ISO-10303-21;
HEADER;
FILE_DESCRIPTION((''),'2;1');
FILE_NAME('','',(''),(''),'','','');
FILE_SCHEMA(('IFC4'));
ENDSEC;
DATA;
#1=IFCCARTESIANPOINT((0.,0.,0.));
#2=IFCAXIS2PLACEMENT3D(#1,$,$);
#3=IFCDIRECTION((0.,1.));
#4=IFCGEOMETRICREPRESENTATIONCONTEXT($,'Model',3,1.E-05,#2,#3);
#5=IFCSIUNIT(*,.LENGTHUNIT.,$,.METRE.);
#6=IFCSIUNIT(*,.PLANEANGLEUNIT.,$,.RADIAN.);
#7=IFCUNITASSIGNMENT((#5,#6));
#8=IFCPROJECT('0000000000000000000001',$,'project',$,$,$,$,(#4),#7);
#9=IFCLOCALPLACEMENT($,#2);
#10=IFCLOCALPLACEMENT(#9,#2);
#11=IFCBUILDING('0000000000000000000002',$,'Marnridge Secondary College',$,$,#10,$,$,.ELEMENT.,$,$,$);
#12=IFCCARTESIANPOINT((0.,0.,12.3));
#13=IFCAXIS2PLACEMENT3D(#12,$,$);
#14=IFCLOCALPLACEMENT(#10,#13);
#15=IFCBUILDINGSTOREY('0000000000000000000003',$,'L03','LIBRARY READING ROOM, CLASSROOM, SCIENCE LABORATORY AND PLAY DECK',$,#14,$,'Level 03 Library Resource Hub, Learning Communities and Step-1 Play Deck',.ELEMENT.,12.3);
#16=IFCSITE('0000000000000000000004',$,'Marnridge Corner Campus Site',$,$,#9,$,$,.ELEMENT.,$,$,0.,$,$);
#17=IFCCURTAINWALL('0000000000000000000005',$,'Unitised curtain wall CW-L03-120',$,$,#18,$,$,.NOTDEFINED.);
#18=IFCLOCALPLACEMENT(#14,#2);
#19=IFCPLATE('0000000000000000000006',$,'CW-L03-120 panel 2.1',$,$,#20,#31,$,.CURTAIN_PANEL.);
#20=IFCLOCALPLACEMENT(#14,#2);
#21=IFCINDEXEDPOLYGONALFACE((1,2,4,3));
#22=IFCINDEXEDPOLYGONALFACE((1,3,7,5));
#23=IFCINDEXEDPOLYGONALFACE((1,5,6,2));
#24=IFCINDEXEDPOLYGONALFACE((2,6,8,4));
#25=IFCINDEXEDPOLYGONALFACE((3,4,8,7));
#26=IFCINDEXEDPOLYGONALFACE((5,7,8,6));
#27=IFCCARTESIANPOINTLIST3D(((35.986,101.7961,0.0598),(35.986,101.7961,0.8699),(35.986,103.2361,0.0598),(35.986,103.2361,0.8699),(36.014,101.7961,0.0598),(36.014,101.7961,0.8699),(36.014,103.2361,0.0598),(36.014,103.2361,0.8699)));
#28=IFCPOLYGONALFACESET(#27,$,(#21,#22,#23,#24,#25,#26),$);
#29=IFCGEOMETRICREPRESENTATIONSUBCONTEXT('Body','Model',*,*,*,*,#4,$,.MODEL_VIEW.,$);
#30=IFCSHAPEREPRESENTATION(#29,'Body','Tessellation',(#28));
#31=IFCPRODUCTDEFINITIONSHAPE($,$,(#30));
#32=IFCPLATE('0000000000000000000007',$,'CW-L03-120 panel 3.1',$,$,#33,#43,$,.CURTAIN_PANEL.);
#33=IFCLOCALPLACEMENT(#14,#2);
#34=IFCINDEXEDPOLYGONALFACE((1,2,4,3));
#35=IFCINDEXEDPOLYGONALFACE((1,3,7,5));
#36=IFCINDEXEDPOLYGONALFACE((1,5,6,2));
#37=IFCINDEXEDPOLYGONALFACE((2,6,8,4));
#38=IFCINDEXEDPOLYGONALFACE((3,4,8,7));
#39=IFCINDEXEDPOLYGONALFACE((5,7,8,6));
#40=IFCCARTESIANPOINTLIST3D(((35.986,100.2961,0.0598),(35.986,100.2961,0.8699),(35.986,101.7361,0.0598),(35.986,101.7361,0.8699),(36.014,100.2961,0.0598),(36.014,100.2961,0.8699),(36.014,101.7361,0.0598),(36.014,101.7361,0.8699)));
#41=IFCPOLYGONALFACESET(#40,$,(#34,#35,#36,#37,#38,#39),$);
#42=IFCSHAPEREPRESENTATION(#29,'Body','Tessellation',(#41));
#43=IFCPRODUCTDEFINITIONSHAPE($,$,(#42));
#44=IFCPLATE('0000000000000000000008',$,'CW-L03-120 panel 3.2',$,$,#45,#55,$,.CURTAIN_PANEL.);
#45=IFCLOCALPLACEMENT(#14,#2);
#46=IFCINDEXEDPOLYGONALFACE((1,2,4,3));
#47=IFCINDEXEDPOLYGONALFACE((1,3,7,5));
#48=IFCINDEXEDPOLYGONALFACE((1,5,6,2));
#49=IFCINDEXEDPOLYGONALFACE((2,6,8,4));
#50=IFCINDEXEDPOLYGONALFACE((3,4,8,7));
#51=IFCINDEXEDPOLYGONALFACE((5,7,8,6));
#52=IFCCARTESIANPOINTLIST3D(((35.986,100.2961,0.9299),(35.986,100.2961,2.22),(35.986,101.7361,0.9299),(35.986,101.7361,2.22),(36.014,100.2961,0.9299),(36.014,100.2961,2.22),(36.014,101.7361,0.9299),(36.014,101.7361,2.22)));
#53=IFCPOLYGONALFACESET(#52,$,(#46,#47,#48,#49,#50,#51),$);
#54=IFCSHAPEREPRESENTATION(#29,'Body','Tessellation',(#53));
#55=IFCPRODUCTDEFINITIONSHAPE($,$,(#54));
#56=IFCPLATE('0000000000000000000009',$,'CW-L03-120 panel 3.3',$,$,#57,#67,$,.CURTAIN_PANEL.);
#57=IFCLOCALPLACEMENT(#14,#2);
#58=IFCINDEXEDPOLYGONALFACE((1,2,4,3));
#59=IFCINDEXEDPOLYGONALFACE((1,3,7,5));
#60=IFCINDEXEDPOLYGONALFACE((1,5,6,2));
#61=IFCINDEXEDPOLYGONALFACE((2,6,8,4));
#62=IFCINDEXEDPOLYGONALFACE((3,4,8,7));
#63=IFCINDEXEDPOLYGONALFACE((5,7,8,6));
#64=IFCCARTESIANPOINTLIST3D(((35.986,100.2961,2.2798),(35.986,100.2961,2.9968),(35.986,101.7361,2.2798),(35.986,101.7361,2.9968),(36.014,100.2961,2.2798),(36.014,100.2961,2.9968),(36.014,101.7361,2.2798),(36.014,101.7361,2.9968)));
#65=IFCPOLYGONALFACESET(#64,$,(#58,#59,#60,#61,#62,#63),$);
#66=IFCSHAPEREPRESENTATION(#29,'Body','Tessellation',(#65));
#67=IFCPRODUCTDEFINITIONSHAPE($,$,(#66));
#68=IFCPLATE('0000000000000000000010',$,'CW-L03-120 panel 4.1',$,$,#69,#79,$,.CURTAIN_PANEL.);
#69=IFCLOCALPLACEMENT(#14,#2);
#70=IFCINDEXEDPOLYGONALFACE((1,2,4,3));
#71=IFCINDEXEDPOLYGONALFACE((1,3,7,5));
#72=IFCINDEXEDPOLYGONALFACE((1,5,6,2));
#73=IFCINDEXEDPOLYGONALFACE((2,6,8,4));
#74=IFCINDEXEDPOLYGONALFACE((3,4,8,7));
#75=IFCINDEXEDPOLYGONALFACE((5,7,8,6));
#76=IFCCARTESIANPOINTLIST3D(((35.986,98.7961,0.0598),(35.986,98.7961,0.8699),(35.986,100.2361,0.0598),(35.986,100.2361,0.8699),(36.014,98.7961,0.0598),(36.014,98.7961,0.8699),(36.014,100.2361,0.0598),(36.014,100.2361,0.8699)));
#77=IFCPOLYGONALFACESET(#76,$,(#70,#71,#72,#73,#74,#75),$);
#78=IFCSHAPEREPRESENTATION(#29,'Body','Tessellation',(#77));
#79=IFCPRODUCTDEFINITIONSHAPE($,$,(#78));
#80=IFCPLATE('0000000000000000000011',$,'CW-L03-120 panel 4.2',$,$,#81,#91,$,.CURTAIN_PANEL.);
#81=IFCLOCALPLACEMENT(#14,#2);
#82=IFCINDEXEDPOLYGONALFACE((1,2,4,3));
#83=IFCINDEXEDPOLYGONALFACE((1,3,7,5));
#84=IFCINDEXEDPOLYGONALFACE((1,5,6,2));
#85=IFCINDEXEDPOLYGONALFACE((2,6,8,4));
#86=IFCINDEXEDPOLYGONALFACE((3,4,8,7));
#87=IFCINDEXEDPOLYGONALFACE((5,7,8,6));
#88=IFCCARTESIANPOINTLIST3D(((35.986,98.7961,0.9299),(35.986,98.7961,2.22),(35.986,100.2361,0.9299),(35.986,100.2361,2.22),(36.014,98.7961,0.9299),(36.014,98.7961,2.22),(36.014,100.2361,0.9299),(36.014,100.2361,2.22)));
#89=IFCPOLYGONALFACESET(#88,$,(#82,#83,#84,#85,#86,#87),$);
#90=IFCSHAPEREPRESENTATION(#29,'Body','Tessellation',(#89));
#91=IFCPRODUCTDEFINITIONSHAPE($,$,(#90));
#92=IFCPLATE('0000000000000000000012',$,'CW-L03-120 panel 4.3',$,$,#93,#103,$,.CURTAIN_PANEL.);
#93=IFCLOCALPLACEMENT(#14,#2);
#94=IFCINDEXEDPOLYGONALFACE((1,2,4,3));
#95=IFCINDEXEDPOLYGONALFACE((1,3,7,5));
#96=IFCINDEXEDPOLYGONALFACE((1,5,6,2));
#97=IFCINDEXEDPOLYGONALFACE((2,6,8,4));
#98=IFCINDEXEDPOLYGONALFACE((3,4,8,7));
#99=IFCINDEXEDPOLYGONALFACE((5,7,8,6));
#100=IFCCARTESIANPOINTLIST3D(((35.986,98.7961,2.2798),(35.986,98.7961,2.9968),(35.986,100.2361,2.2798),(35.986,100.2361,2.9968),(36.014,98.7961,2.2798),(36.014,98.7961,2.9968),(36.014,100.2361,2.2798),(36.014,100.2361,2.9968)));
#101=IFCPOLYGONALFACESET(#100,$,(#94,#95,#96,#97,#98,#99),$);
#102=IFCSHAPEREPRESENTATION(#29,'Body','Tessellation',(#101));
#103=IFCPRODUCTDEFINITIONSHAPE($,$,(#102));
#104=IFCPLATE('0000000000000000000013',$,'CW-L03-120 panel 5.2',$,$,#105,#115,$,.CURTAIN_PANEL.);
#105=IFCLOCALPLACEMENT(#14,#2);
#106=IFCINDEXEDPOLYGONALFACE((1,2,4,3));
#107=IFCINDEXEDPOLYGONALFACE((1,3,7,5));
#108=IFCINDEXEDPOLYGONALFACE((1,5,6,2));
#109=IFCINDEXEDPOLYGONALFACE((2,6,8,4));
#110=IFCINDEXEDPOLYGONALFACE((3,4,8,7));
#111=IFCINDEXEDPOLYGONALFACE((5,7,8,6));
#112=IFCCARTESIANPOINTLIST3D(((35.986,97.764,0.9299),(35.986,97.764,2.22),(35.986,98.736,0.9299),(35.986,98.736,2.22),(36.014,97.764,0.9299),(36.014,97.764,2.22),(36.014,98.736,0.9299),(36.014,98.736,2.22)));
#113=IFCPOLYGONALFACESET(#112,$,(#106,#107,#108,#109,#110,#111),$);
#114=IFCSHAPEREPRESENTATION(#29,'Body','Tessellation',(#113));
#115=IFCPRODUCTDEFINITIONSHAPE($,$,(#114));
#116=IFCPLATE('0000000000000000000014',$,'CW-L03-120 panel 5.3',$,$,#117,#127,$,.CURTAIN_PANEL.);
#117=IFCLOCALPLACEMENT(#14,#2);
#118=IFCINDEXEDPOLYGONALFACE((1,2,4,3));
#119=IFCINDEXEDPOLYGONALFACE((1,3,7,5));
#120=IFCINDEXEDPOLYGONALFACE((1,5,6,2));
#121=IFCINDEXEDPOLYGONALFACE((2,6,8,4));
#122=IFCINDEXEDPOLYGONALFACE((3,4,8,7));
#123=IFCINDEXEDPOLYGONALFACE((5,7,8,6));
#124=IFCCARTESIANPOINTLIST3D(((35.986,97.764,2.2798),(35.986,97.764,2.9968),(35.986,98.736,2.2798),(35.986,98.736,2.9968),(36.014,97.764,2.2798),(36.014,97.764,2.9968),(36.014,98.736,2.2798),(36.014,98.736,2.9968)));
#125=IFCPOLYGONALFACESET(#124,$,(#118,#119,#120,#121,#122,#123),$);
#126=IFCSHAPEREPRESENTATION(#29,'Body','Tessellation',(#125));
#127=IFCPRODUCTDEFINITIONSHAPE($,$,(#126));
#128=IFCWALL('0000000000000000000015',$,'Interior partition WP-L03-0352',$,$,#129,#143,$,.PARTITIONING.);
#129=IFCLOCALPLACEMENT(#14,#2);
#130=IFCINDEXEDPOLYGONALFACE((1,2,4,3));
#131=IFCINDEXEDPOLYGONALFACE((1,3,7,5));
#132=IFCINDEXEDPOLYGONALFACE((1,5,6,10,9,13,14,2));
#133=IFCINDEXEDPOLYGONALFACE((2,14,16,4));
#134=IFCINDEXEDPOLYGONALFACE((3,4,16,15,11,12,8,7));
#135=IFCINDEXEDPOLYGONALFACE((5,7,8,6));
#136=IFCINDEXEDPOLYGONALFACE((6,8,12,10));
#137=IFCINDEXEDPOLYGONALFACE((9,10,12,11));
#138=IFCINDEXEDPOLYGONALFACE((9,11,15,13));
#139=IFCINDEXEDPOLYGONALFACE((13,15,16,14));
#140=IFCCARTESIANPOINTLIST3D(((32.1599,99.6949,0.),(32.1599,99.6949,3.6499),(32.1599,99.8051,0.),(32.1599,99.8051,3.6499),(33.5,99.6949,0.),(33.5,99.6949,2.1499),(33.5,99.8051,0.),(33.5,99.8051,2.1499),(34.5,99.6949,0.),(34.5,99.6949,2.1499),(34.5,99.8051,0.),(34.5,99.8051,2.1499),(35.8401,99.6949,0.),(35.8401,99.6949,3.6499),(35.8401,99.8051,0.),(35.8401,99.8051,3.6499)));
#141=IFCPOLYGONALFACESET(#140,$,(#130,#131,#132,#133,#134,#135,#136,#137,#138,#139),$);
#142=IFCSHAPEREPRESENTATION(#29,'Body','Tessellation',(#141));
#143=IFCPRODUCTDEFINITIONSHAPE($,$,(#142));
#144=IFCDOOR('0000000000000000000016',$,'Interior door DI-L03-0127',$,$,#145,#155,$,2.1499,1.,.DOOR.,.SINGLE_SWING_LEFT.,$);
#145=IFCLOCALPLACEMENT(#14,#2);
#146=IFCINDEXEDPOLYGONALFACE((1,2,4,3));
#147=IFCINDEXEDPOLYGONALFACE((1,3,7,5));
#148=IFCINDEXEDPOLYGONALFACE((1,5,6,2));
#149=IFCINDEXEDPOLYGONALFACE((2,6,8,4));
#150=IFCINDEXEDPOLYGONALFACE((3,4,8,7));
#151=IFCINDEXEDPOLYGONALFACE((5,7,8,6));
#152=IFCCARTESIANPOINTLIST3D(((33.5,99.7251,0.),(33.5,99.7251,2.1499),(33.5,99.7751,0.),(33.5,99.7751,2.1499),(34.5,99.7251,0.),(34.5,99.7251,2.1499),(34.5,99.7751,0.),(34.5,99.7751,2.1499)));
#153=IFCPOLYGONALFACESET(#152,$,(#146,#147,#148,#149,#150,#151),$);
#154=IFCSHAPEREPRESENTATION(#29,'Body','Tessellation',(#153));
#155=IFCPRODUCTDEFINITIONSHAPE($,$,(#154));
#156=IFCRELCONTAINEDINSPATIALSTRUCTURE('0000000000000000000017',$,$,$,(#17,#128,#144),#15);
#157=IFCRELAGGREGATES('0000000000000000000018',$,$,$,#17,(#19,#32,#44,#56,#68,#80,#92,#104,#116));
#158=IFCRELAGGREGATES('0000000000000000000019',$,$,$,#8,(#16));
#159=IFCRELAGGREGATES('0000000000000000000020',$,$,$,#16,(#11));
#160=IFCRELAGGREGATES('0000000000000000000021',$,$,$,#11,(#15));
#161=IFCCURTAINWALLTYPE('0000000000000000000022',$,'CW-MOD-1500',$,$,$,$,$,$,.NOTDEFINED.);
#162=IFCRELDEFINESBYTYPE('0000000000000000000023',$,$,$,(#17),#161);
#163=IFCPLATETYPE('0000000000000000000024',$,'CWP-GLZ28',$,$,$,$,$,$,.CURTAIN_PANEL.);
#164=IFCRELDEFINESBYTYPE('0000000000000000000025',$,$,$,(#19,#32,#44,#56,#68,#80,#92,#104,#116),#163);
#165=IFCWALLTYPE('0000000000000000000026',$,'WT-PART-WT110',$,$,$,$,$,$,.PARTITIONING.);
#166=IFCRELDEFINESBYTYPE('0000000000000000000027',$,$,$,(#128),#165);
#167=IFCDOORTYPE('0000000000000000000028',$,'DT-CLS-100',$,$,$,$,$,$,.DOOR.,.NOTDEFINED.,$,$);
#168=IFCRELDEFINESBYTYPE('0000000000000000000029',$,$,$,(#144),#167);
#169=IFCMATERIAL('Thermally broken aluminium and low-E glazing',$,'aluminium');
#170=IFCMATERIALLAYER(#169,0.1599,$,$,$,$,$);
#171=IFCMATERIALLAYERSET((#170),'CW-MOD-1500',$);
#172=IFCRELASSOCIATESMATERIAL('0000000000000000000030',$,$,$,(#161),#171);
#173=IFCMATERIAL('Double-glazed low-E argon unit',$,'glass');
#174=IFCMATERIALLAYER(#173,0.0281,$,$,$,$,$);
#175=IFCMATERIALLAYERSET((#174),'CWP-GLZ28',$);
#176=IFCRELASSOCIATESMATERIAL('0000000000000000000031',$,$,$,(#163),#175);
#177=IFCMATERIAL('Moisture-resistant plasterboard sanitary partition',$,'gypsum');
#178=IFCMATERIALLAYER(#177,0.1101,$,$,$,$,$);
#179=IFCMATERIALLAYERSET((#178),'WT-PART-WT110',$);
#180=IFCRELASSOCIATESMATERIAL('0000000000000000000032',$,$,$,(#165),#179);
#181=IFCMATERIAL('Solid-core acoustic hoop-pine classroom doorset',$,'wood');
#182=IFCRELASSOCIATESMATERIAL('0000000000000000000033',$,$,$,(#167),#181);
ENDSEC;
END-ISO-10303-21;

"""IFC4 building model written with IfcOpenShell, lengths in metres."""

from ifc_helpers import new_model, si_unit, direction, frame, frame_2d, origin, origin_2d, place, context, subcontext, project, spatial, rectangle, extrude, material, layer, layer_set, type_object, element, fill, aggregate, save


model = new_model("IFC4")

# Units and contexts
model_context = context("Model", 3, precision=1e-05, world=origin(), true_north=direction((0.0, 1.0)))
body_context = subcontext(model_context, "Body", "Model", "MODEL_VIEW")
ifc_project = project(units=[si_unit("LENGTHUNIT", "METRE"), si_unit("PLANEANGLEUNIT", "RADIAN")], contexts=[model_context])

# Site, building, storey
site_placement = place(None, origin())
site = spatial("IfcSite", under=ifc_project, at=site_placement, Name="Marnridge Corner Campus Site", CompositionType="ELEMENT", RefElevation=0.0)
building_placement = place(site_placement, origin())
building = spatial("IfcBuilding", under=site, at=building_placement, Name="Marnridge Secondary College", CompositionType="ELEMENT")
storey_placement = place(building_placement, frame((0.0, 0.0, 12.3)))
storey = spatial("IfcBuildingStorey", under=building, at=storey_placement, Name="L03", Description="LIBRARY READING ROOM, CLASSROOM, SCIENCE LABORATORY AND PLAY DECK", LongName="Level 03 Library Resource Hub, Learning Communities and Step-1 Play Deck", CompositionType="ELEMENT", Elevation=12.3)

# Curtain wall, plates
ifc_material_1 = material(Name="Thermally broken aluminium and low-E glazing", Category="aluminium")
ifc_layer_1 = layer(ifc_material_1, 0.1599)
ifc_layer_set_1 = layer_set([ifc_layer_1], Name="CW-MOD-1500")
curtain_wall_type = type_object("IfcCurtainWallType", Name="CW-MOD-1500", PredefinedType="NOTDEFINED", material=ifc_layer_set_1)
curtain_wall_placement = place(storey_placement, origin())
curtain_wall = element("IfcCurtainWall", 1, at=curtain_wall_placement, inside=storey, type_object=curtain_wall_type, Name="Unitised curtain wall CW-L03-120", PredefinedType="NOTDEFINED")
ifc_material_2 = material(Name="Double-glazed low-E argon unit", Category="glass")
ifc_layer_2 = layer(ifc_material_2, 0.0281)
ifc_layer_set_2 = layer_set([ifc_layer_2], Name="CWP-GLZ28")
plate_type = type_object("IfcPlateType", Name="CWP-GLZ28", PredefinedType="CURTAIN_PANEL", material=ifc_layer_set_2)
plate_1_placement = place(storey_placement, frame((36.0, 102.5161, 0.0598), z_axis=(0.0, 0.0, 1.0), x_axis=(0.0, -1.0, 0.0)))
plate_1 = element("IfcPlate", 2, at=plate_1_placement, type_object=plate_type, Name="CW-L03-120 panel 2.1", PredefinedType="CURTAIN_PANEL", context=body_context, shape_type="SweptSolid", body=[
    extrude(rectangle(XDim=1.4399, YDim=0.0281, at=origin_2d()), origin(), (0.0, 0.0, 1.0), 0.8101),
])
plate_2_placement = place(storey_placement, frame((36.0, 101.0161, 0.0598), z_axis=(0.0, 0.0, 1.0), x_axis=(0.0, -1.0, 0.0)))
plate_2 = element("IfcPlate", 3, at=plate_2_placement, type_object=plate_type, Name="CW-L03-120 panel 3.1", PredefinedType="CURTAIN_PANEL", context=body_context, shape_type="SweptSolid", body=[
    extrude(rectangle(XDim=1.4399, YDim=0.0281, at=origin_2d()), origin(), (0.0, 0.0, 1.0), 0.8101),
])
plate_3_placement = place(storey_placement, frame((36.0, 101.0161, 0.9299), z_axis=(0.0, 0.0, 1.0), x_axis=(0.0, -1.0, 0.0)))
plate_3 = element("IfcPlate", 4, at=plate_3_placement, type_object=plate_type, Name="CW-L03-120 panel 3.2", PredefinedType="CURTAIN_PANEL", context=body_context, shape_type="SweptSolid", body=[
    extrude(rectangle(XDim=1.4399, YDim=0.0281, at=origin_2d()), origin(), (0.0, 0.0, 1.0), 1.29),
])
plate_4_placement = place(storey_placement, frame((36.0, 101.0161, 2.2798), z_axis=(0.0, 0.0, 1.0), x_axis=(0.0, -1.0, 0.0)))
plate_4 = element("IfcPlate", 5, at=plate_4_placement, type_object=plate_type, Name="CW-L03-120 panel 3.3", PredefinedType="CURTAIN_PANEL", context=body_context, shape_type="SweptSolid", body=[
    extrude(rectangle(XDim=1.4399, YDim=0.0281, at=origin_2d()), origin(), (0.0, 0.0, 1.0), 0.717),
])
plate_5_placement = place(storey_placement, frame((36.0, 99.5161, 0.0598), z_axis=(0.0, 0.0, 1.0), x_axis=(0.0, -1.0, 0.0)))
plate_5 = element("IfcPlate", 6, at=plate_5_placement, type_object=plate_type, Name="CW-L03-120 panel 4.1", PredefinedType="CURTAIN_PANEL", context=body_context, shape_type="SweptSolid", body=[
    extrude(rectangle(XDim=1.4399, YDim=0.0281, at=origin_2d()), origin(), (0.0, 0.0, 1.0), 0.8101),
])
plate_6_placement = place(storey_placement, frame((36.0, 99.5161, 0.9299), z_axis=(0.0, 0.0, 1.0), x_axis=(0.0, -1.0, 0.0)))
plate_6 = element("IfcPlate", 7, at=plate_6_placement, type_object=plate_type, Name="CW-L03-120 panel 4.2", PredefinedType="CURTAIN_PANEL", context=body_context, shape_type="SweptSolid", body=[
    extrude(rectangle(XDim=1.4399, YDim=0.0281, at=origin_2d()), origin(), (0.0, 0.0, 1.0), 1.29),
])
plate_7_placement = place(storey_placement, frame((36.0, 99.5161, 2.2798), z_axis=(0.0, 0.0, 1.0), x_axis=(0.0, -1.0, 0.0)))
plate_7 = element("IfcPlate", 8, at=plate_7_placement, type_object=plate_type, Name="CW-L03-120 panel 4.3", PredefinedType="CURTAIN_PANEL", context=body_context, shape_type="SweptSolid", body=[
    extrude(rectangle(XDim=1.4399, YDim=0.0281, at=origin_2d()), origin(), (0.0, 0.0, 1.0), 0.717),
])
plate_8_placement = place(storey_placement, frame((36.0, 98.25, 0.9299), z_axis=(0.0, 0.0, 1.0), x_axis=(0.0, -1.0, 0.0)))
plate_8 = element("IfcPlate", 9, at=plate_8_placement, type_object=plate_type, Name="CW-L03-120 panel 5.2", PredefinedType="CURTAIN_PANEL", context=body_context, shape_type="SweptSolid", body=[
    extrude(rectangle(XDim=0.9719, YDim=0.0281, at=origin_2d()), origin(), (0.0, 0.0, 1.0), 1.29),
])
plate_9_placement = place(storey_placement, frame((36.0, 98.25, 2.2798), z_axis=(0.0, 0.0, 1.0), x_axis=(0.0, -1.0, 0.0)))
plate_9 = element("IfcPlate", 10, at=plate_9_placement, type_object=plate_type, Name="CW-L03-120 panel 5.3", PredefinedType="CURTAIN_PANEL", context=body_context, shape_type="SweptSolid", body=[
    extrude(rectangle(XDim=0.9719, YDim=0.0281, at=origin_2d()), origin(), (0.0, 0.0, 1.0), 0.717),
])
aggregate(curtain_wall, [plate_1, plate_2, plate_3, plate_4, plate_5, plate_6, plate_7, plate_8, plate_9])

# Wall, opening, door
ifc_material_3 = material(Name="Moisture-resistant plasterboard sanitary partition", Category="gypsum")
ifc_layer_3 = layer(ifc_material_3, 0.1101)
ifc_layer_set_3 = layer_set([ifc_layer_3], Name="WT-PART-WT110")
wall_type = type_object("IfcWallType", Name="WT-PART-WT110", PredefinedType="PARTITIONING", material=ifc_layer_set_3)
wall_placement = place(storey_placement, frame((35.8401, 99.75, 0.0), z_axis=(0.0, 0.0, 1.0), x_axis=(-1.0, 0.0, 0.0)))
wall = element("IfcWall", 11, at=wall_placement, inside=storey, type_object=wall_type, Name="Interior partition WP-L03-0352", PredefinedType="PARTITIONING", context=body_context, shape_type="SweptSolid", body=[
    extrude(rectangle(XDim=3.6802, YDim=0.1101, at=frame_2d((1.8401, 0.0))), origin(), (0.0, 0.0, 1.0), 3.6499),
])
opening_placement = place(wall_placement, frame((1.3401, 0.0, 0.0)))
opening = element("IfcOpeningElement", 12, at=opening_placement, cuts=wall, PredefinedType="OPENING", context=body_context, shape_type="SweptSolid", body=[
    extrude(rectangle(XDim=1.0, YDim=2.1499, at=frame_2d((0.5, 1.075))), frame((0.0, 0.0649, 0.0), z_axis=(0.0, -1.0, 0.0), x_axis=(1.0, 0.0, 0.0)), (0.0, 0.0, 1.0), 0.1301),
])
ifc_material_4 = material(Name="Solid-core acoustic hoop-pine classroom doorset", Category="wood")
door_type = type_object("IfcDoorType", Name="DT-CLS-100", OperationType="NOTDEFINED", PredefinedType="DOOR", material=ifc_material_4)
door_placement = place(opening_placement, origin())
door = element("IfcDoor", 13, at=door_placement, inside=storey, type_object=door_type, Name="Interior door DI-L03-0127", OperationType="SINGLE_SWING_LEFT", OverallHeight=2.1499, OverallWidth=1.0, PredefinedType="DOOR", context=body_context, shape_type="SweptSolid", body=[
    extrude(rectangle(XDim=1.0, YDim=2.1499, at=frame_2d((0.5, 1.075))), frame((0.0, 0.0249, 0.0), z_axis=(0.0, -1.0, 0.0), x_axis=(1.0, 0.0, 0.0)), (0.0, 0.0, 1.0), 0.05),
])
fill(opening, door)

save(model, "model.ifc")
